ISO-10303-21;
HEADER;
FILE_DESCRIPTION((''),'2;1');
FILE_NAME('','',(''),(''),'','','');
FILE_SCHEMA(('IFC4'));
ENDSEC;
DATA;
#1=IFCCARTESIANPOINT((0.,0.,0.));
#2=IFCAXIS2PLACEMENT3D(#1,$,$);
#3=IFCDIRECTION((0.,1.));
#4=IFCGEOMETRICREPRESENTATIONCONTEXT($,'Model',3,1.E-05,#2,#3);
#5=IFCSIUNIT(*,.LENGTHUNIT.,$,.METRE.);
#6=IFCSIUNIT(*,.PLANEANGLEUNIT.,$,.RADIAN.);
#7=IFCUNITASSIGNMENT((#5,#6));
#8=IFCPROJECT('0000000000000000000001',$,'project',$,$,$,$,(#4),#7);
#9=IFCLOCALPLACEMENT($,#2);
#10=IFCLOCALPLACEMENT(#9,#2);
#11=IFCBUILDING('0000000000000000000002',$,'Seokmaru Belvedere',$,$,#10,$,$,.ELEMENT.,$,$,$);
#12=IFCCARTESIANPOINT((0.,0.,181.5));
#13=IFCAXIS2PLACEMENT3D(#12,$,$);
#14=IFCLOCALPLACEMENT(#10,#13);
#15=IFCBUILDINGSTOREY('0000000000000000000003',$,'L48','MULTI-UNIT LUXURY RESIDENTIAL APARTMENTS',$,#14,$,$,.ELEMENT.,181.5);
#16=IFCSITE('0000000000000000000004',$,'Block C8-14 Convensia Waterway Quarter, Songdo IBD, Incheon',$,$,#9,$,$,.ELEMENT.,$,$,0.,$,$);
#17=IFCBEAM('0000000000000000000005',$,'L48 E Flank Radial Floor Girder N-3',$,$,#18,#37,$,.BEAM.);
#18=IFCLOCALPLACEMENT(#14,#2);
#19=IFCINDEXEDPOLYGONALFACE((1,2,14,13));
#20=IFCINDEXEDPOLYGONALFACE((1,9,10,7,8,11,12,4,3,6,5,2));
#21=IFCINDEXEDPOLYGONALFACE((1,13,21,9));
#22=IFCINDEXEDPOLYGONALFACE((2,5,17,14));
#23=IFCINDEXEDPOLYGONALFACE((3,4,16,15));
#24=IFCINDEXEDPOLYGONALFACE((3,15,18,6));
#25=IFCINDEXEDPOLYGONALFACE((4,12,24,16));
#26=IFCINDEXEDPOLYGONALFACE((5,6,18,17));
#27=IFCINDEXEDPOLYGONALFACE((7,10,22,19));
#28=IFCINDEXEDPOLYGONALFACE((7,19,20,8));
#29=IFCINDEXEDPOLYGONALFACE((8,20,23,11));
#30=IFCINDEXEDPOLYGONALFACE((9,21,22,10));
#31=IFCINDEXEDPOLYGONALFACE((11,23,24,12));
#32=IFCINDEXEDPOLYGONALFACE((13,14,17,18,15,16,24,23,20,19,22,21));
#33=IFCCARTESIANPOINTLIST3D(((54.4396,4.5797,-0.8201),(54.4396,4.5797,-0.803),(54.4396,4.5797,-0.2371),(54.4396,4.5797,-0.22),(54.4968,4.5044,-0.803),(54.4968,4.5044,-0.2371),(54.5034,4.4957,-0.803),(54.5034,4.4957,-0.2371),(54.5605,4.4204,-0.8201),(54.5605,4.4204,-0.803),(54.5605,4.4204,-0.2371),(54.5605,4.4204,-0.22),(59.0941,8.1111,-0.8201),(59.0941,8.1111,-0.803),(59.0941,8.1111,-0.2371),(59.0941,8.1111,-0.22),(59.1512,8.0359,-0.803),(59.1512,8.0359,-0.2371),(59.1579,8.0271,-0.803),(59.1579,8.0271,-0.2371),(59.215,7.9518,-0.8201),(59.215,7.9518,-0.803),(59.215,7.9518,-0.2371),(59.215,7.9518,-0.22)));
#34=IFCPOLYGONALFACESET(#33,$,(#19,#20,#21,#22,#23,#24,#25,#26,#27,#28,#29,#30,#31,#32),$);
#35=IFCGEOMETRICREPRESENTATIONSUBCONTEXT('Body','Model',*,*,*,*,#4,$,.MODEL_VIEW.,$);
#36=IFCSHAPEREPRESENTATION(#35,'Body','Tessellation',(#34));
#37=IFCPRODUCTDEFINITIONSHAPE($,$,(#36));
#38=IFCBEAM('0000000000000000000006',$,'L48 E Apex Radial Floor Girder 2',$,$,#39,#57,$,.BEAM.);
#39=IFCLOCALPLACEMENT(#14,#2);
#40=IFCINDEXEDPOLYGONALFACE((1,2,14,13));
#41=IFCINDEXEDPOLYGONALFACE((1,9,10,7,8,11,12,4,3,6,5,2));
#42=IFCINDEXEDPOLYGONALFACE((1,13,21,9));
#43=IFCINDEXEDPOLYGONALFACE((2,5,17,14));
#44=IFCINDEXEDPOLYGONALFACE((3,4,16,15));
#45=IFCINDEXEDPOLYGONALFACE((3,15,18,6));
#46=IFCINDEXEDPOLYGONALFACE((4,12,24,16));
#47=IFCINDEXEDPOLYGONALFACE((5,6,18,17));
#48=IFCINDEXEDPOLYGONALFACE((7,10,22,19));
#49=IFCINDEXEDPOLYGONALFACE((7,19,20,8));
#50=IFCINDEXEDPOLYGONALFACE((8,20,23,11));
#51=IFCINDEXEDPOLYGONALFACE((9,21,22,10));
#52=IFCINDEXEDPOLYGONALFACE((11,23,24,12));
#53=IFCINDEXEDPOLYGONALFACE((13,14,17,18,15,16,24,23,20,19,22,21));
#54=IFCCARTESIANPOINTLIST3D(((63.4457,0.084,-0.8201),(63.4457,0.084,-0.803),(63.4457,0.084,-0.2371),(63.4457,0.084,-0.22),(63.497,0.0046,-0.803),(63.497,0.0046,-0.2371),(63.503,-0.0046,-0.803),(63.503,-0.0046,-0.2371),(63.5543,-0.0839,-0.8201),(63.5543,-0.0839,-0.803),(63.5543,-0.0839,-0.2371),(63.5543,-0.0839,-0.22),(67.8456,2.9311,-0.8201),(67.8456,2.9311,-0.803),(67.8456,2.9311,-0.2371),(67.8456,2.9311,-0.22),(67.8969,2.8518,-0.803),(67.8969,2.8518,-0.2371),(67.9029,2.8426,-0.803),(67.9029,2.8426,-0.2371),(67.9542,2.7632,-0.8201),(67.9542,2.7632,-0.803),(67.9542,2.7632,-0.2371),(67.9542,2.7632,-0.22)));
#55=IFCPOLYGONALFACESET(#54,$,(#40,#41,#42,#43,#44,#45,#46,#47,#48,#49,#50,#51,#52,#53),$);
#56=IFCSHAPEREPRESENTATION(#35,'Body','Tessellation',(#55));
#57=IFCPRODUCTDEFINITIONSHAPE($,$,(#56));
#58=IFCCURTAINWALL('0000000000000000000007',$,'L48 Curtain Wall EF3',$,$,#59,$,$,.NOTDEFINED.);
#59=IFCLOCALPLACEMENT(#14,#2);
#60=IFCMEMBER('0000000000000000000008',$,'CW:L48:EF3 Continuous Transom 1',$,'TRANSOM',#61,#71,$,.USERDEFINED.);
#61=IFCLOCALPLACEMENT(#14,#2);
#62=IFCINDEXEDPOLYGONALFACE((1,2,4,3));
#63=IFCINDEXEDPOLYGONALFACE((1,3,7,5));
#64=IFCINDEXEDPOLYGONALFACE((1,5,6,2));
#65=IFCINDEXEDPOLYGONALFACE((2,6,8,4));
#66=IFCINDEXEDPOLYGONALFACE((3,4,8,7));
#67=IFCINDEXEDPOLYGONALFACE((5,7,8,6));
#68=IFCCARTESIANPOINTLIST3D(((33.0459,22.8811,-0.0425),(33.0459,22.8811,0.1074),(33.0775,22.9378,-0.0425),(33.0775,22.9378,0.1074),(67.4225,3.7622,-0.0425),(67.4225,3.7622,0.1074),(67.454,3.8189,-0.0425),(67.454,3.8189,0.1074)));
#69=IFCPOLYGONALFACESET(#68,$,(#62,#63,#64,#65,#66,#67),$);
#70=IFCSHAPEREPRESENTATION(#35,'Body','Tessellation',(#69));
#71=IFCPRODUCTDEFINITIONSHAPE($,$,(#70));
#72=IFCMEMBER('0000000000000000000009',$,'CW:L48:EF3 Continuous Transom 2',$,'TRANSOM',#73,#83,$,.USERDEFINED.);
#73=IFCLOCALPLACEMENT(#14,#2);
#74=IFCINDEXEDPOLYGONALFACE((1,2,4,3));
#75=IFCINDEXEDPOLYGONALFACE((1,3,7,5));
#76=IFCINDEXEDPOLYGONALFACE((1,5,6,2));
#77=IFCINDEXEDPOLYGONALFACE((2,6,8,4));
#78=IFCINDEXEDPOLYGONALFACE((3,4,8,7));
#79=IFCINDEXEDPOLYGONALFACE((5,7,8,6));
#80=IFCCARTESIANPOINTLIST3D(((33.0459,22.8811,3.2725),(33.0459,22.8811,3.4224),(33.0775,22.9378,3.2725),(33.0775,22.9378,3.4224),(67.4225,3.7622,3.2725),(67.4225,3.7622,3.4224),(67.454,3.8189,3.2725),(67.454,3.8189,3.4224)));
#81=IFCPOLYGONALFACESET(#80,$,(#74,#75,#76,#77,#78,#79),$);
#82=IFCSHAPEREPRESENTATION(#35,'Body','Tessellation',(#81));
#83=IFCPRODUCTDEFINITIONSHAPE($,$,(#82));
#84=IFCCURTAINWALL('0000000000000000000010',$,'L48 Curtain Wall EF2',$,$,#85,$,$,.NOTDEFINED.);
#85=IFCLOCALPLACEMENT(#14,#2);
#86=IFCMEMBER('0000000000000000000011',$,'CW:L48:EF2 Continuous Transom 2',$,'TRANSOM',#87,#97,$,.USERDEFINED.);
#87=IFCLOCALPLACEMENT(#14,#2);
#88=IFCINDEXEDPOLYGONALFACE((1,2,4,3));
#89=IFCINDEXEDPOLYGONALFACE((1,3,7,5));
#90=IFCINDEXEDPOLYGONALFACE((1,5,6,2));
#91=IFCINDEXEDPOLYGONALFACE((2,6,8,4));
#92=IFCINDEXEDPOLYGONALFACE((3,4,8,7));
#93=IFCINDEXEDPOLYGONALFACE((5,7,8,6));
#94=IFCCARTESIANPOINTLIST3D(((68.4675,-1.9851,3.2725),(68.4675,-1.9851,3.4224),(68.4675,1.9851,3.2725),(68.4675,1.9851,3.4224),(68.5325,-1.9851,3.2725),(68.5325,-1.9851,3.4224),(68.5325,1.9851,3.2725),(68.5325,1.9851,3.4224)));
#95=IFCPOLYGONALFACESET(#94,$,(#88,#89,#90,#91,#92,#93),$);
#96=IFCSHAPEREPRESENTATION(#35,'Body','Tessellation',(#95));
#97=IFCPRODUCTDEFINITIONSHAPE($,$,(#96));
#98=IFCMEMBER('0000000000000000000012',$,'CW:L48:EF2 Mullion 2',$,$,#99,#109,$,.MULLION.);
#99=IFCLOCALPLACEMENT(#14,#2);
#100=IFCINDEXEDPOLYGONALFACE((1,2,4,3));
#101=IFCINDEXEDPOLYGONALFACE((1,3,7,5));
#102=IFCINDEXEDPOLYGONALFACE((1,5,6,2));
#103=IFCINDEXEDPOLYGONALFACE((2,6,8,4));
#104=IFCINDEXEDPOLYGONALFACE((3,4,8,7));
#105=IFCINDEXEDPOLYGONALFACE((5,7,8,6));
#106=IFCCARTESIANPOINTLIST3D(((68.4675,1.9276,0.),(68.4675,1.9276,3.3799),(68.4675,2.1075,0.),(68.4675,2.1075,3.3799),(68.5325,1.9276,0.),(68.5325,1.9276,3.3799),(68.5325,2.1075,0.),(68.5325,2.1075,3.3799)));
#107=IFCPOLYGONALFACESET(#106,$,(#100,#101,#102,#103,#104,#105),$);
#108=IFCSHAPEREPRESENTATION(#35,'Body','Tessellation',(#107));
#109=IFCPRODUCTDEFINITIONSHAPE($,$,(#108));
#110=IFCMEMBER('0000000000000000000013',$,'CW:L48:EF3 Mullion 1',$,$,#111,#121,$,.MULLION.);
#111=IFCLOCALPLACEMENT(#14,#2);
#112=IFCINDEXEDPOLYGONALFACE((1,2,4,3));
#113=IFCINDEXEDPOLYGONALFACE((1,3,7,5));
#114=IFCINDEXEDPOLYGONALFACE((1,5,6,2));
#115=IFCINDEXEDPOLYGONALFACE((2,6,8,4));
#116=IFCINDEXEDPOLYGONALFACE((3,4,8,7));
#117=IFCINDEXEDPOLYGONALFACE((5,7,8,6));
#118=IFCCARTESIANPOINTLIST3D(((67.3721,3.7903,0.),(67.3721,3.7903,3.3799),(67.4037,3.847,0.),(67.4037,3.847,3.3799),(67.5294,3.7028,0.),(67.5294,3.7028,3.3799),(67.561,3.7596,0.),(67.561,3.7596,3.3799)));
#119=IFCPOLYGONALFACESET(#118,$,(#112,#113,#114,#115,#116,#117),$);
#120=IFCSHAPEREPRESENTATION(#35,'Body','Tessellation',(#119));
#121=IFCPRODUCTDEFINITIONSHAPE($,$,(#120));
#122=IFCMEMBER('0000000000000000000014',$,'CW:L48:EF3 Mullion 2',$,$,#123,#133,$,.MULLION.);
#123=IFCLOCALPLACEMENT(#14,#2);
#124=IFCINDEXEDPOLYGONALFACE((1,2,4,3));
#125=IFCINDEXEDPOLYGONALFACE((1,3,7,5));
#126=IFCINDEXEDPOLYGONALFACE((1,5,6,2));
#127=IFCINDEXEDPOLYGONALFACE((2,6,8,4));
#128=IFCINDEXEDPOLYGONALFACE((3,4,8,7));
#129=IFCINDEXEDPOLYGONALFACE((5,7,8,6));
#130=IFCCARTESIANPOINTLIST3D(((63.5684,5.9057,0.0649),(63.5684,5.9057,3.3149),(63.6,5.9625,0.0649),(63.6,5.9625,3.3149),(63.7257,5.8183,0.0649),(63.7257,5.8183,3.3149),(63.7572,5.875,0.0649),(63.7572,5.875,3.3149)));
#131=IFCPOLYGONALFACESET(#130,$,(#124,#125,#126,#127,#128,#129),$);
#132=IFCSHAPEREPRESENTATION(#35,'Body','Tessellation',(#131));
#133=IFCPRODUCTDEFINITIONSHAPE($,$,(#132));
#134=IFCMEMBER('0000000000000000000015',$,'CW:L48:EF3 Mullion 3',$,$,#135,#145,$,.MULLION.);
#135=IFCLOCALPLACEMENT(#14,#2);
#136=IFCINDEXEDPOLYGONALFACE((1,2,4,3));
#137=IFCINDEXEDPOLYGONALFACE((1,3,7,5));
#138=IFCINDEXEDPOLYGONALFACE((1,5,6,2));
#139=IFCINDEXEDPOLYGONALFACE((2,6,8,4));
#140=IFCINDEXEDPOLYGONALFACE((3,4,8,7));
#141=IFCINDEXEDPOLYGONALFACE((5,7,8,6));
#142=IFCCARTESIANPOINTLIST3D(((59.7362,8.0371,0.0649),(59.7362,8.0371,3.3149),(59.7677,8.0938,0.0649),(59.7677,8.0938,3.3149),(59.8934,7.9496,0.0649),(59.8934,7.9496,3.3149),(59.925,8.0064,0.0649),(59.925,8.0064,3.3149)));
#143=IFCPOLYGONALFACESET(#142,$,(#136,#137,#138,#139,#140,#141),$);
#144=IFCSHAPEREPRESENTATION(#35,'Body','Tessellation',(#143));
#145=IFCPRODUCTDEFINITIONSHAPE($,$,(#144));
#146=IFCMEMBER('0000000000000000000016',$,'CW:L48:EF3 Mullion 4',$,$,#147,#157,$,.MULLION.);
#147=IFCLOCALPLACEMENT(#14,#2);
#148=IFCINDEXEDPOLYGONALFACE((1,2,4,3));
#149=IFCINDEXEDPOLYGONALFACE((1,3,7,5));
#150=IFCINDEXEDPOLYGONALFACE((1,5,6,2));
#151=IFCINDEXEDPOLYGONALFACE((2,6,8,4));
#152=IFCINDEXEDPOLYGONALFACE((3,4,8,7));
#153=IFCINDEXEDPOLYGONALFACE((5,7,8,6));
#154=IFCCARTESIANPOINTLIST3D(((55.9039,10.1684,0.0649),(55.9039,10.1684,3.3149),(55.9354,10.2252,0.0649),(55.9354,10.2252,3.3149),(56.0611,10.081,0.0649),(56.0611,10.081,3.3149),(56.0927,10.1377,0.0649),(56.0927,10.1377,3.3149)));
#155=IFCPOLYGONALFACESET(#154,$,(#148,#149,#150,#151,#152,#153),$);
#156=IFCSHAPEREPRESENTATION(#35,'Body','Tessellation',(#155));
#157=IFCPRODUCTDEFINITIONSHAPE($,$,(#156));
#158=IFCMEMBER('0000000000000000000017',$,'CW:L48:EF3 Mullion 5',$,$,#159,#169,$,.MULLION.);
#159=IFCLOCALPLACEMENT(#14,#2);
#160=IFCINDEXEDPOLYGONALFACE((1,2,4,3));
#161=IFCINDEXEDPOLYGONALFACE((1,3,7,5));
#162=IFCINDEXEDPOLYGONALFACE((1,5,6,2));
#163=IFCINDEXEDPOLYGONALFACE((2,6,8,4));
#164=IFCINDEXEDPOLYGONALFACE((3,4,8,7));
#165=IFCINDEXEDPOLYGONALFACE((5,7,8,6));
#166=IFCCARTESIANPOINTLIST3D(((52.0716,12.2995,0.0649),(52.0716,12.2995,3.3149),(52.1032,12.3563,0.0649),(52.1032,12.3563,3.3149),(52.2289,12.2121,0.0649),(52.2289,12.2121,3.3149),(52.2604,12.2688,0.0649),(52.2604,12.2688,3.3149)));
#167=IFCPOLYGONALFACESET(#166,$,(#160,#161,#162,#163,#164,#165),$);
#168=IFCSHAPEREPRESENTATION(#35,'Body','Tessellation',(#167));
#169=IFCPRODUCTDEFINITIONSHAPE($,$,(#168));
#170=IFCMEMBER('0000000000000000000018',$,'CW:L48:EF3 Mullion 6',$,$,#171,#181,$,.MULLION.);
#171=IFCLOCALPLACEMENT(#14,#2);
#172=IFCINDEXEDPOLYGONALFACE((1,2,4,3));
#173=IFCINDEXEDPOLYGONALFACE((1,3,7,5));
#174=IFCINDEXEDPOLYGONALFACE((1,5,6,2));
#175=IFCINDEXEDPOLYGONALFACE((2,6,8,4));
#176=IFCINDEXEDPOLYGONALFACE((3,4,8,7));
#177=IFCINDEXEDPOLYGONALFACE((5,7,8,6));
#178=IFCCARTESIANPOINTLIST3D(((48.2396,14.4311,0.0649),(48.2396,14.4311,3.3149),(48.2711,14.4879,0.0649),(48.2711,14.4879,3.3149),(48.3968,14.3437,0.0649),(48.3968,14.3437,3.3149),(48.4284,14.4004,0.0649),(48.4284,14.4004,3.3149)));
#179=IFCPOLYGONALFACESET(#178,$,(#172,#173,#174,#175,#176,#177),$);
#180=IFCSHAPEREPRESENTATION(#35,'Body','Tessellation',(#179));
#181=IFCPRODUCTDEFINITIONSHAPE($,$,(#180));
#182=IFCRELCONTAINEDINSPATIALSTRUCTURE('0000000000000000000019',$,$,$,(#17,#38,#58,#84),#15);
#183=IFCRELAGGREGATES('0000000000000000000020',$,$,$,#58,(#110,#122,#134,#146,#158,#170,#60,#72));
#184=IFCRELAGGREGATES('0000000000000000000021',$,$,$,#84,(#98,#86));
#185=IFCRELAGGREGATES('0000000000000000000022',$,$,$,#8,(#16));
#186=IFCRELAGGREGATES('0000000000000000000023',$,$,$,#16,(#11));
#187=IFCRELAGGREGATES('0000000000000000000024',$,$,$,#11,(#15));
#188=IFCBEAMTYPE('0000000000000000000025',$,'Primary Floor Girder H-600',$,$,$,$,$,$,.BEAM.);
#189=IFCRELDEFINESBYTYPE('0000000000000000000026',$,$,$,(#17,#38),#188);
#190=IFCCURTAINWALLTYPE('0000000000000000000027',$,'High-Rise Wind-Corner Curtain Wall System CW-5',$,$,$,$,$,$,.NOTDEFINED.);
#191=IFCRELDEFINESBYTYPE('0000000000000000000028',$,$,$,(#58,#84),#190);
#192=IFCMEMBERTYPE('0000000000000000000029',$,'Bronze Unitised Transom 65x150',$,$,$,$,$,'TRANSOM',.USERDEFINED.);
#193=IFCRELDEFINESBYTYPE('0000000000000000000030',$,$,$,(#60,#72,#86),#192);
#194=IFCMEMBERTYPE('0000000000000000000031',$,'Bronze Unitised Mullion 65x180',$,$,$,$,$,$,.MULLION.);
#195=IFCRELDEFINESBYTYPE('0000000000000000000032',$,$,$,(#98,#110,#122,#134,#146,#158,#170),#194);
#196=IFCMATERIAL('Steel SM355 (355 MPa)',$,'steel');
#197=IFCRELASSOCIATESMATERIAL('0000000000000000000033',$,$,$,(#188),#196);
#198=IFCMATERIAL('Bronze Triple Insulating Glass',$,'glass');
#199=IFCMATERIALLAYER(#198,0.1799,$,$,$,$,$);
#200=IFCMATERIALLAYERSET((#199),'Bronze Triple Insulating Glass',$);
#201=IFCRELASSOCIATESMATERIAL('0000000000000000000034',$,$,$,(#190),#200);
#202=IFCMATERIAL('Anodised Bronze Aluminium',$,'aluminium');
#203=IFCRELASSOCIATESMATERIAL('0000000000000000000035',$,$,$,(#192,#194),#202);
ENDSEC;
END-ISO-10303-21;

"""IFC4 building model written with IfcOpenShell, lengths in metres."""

from ifc_helpers import new_model, si_unit, direction, frame, origin, origin_2d, place, context, subcontext, project, spatial, rectangle, i_section, extrude, source, transform, mapped, material, layer, layer_set, material_profile, profile_set, type_object, type_shapes, element, aggregate, save


model = new_model("IFC4")

# Units and contexts
model_context = context("Model", 3, precision=1e-05, world=origin(), true_north=direction((0.0, 1.0)))
body_context = subcontext(model_context, "Body", "Model", "MODEL_VIEW")
ifc_project = project(units=[si_unit("LENGTHUNIT", "METRE"), si_unit("PLANEANGLEUNIT", "RADIAN")], contexts=[model_context])

# Site, building, storey
site_placement = place(None, origin())
site = spatial("IfcSite", under=ifc_project, at=site_placement, Name="Block C8-14 Convensia Waterway Quarter, Songdo IBD, Incheon", CompositionType="ELEMENT", RefElevation=0.0)
building_placement = place(site_placement, origin())
building = spatial("IfcBuilding", under=site, at=building_placement, Name="Seokmaru Belvedere", CompositionType="ELEMENT")
storey_placement = place(building_placement, frame((0.0, 0.0, 181.5)))
storey = spatial("IfcBuildingStorey", under=building, at=storey_placement, Name="L48", Description="MULTI-UNIT LUXURY RESIDENTIAL APARTMENTS", CompositionType="ELEMENT", Elevation=181.5)

# Shared definitions
ifc_material_1 = material(Name="Steel SM355 (355 MPa)", Category="steel")

# Beams
ifc_material_profile_1 = material_profile(ifc_material_1, i_section(OverallWidth=0.2, OverallDepth=0.6001, WebThickness=0.011, FlangeThickness=0.0171, at=origin_2d()), Name="H-600x200x11x17")
ifc_profile_set_1 = profile_set([ifc_material_profile_1], Name="Steel SM355 (355 MPa)")
beam_type_1 = type_object("IfcBeamType", Name="Primary Floor Girder H-600", PredefinedType="BEAM", material=ifc_profile_set_1)
shared_shape_1 = source(origin(), body_context, "Body", "SweptSolid", [
    extrude(i_section(OverallWidth=0.2, OverallDepth=0.6001, WebThickness=0.011, FlangeThickness=0.0171, at=origin_2d()), origin(), (0.0, 0.0, 1.0), 5.8425),
])
beam_1_placement = place(storey_placement, frame((59.1545, 8.0315, -0.52), z_axis=(-0.796653, -0.604437, 0.0), x_axis=(0.604437, -0.796653, 0.0)))
element("IfcBeam", 1, at=beam_1_placement, inside=storey, type_object=beam_type_1, Name="L48 E Flank Radial Floor Girder N-3", PredefinedType="BEAM", context=body_context, shape_type="MappedRepresentation", body=[
    mapped(shared_shape_1, transform((0.0, 0.0, 0.0), scale=1.0)),
])
shared_shape_2 = source(origin(), body_context, "Body", "SweptSolid", [
    extrude(i_section(OverallWidth=0.2, OverallDepth=0.6001, WebThickness=0.011, FlangeThickness=0.0171, at=origin_2d()), origin(), (0.0, 0.0, 1.0), 5.2407),
])
beam_2_placement = place(storey_placement, frame((67.8999, 2.8472, -0.52), z_axis=(-0.839555, -0.543274, 0.0), x_axis=(0.543274, -0.839555, 0.0)))
element("IfcBeam", 2, at=beam_2_placement, inside=storey, type_object=beam_type_1, Name="L48 E Apex Radial Floor Girder 2", PredefinedType="BEAM", context=body_context, shape_type="MappedRepresentation", body=[
    mapped(shared_shape_2, transform((0.0, 0.0, 0.0), scale=1.0)),
])

# Curtain walls, members
ifc_material_2 = material(Name="Bronze Triple Insulating Glass", Category="glass")
ifc_layer_1 = layer(ifc_material_2, 0.1799)
ifc_layer_set_1 = layer_set([ifc_layer_1], Name="Bronze Triple Insulating Glass")
curtain_wall_type = type_object("IfcCurtainWallType", Name="High-Rise Wind-Corner Curtain Wall System CW-5", PredefinedType="NOTDEFINED", material=ifc_layer_set_1)
curtain_wall_1_placement = place(storey_placement, origin())
curtain_wall_1 = element("IfcCurtainWall", 3, at=curtain_wall_1_placement, inside=storey, type_object=curtain_wall_type, Name="L48 Curtain Wall EF3", PredefinedType="NOTDEFINED")
ifc_material_3 = material(Name="Anodised Bronze Aluminium", Category="aluminium")
ifc_material_profile_2 = material_profile(ifc_material_3, rectangle(XDim=0.0649, YDim=0.1499, at=origin_2d()), Name="CW-T-65x150")
ifc_profile_set_2 = profile_set([ifc_material_profile_2], Name="Anodised Bronze Aluminium")
member_type_1 = type_object("IfcMemberType", Name="Bronze Unitised Transom 65x150", ElementType="TRANSOM", PredefinedType="USERDEFINED", material=ifc_profile_set_2)
shared_shape_3 = source(origin(), body_context, "Body", "SweptSolid", [
    extrude(rectangle(XDim=0.0649, YDim=0.1499, at=origin_2d()), origin(), (0.0, 0.0, 1.0), 39.3354),
])
member_1_placement = place(storey_placement, frame((67.4382, 3.7905, 0.0325), z_axis=(-0.873932, 0.486048, 0.0), x_axis=(-0.486048, -0.873932, 0.0)))
member_1 = element("IfcMember", 4, at=member_1_placement, type_object=member_type_1, Name="CW:L48:EF3 Continuous Transom 1", ObjectType="TRANSOM", PredefinedType="USERDEFINED", context=body_context, shape_type="MappedRepresentation", body=[
    mapped(shared_shape_3, transform((0.0, 0.0, 0.0), scale=1.0)),
])
member_2_placement = place(storey_placement, frame((67.4382, 3.7905, 3.3474), z_axis=(-0.873932, 0.486048, 0.0), x_axis=(-0.486048, -0.873932, 0.0)))
member_2 = element("IfcMember", 5, at=member_2_placement, type_object=member_type_1, Name="CW:L48:EF3 Continuous Transom 2", ObjectType="TRANSOM", PredefinedType="USERDEFINED", context=body_context, shape_type="MappedRepresentation", body=[
    mapped(shared_shape_3, transform((0.0, 0.0, 0.0), scale=1.0)),
])
curtain_wall_2_placement = place(storey_placement, origin())
curtain_wall_2 = element("IfcCurtainWall", 6, at=curtain_wall_2_placement, inside=storey, type_object=curtain_wall_type, Name="L48 Curtain Wall EF2", PredefinedType="NOTDEFINED")
shared_shape_4 = source(origin(), body_context, "Body", "SweptSolid", [
    extrude(rectangle(XDim=0.0649, YDim=0.1499, at=origin_2d()), origin(), (0.0, 0.0, 1.0), 3.9702),
])
type_shapes(member_type_1, [shared_shape_3, shared_shape_4])
member_3_placement = place(storey_placement, frame((68.5, -1.9851, 3.3474), z_axis=(0.0, 1.0, 0.0), x_axis=(-1.0, 0.0, 0.0)))
member_3 = element("IfcMember", 7, at=member_3_placement, type_object=member_type_1, Name="CW:L48:EF2 Continuous Transom 2", ObjectType="TRANSOM", PredefinedType="USERDEFINED", context=body_context, shape_type="MappedRepresentation", body=[
    mapped(shared_shape_4, transform((0.0, 0.0, 0.0), scale=1.0)),
])
ifc_material_profile_3 = material_profile(ifc_material_3, rectangle(XDim=0.0649, YDim=0.1799, at=origin_2d()), Name="CW-M-65x180")
ifc_profile_set_3 = profile_set([ifc_material_profile_3], Name="Anodised Bronze Aluminium")
member_type_2 = type_object("IfcMemberType", Name="Bronze Unitised Mullion 65x180", PredefinedType="MULLION", material=ifc_profile_set_3)
shared_shape_5 = source(origin(), body_context, "Body", "SweptSolid", [
    extrude(rectangle(XDim=0.0649, YDim=0.1799, at=origin_2d()), origin(), (0.0, 0.0, 1.0), 3.3799),
])
member_4_placement = place(storey_placement, frame((68.5, 2.0176, 0.0), z_axis=(0.0, 0.0, 1.0), x_axis=(-1.0, 0.0, 0.0)))
member_4 = element("IfcMember", 8, at=member_4_placement, type_object=member_type_2, Name="CW:L48:EF2 Mullion 2", PredefinedType="MULLION", context=body_context, shape_type="MappedRepresentation", body=[
    mapped(shared_shape_5, transform((0.0, 0.0, 0.0), scale=1.0)),
])

# Members
member_5_placement = place(storey_placement, frame((67.4666, 3.7749, 0.0), z_axis=(0.0, 0.0, 1.0), x_axis=(-0.486047, -0.873933, 0.0)))
member_5 = element("IfcMember", 9, at=member_5_placement, type_object=member_type_2, Name="CW:L48:EF3 Mullion 1", PredefinedType="MULLION", context=body_context, shape_type="MappedRepresentation", body=[
    mapped(shared_shape_5, transform((0.0, 0.0, 0.0), scale=1.0)),
])
shared_shape_6 = source(origin(), body_context, "Body", "SweptSolid", [
    extrude(rectangle(XDim=0.0649, YDim=0.1799, at=origin_2d()), origin(), (0.0, 0.0, 1.0), 3.25),
])
type_shapes(member_type_2, [shared_shape_5, shared_shape_6])
member_6_placement = place(storey_placement, frame((63.6628, 5.8904, 0.0649), z_axis=(0.0, 0.0, 1.0), x_axis=(-0.486047, -0.873933, 0.0)))
member_6 = element("IfcMember", 10, at=member_6_placement, type_object=member_type_2, Name="CW:L48:EF3 Mullion 2", PredefinedType="MULLION", context=body_context, shape_type="MappedRepresentation", body=[
    mapped(shared_shape_6, transform((0.0, 0.0, 0.0), scale=1.0)),
])
member_7_placement = place(storey_placement, frame((59.8306, 8.0217, 0.0649), z_axis=(0.0, 0.0, 1.0), x_axis=(-0.486047, -0.873933, 0.0)))
member_7 = element("IfcMember", 11, at=member_7_placement, type_object=member_type_2, Name="CW:L48:EF3 Mullion 3", PredefinedType="MULLION", context=body_context, shape_type="MappedRepresentation", body=[
    mapped(shared_shape_6, transform((0.0, 0.0, 0.0), scale=1.0)),
])
member_8_placement = place(storey_placement, frame((55.9983, 10.1531, 0.0649), z_axis=(0.0, 0.0, 1.0), x_axis=(-0.486047, -0.873933, 0.0)))
member_8 = element("IfcMember", 12, at=member_8_placement, type_object=member_type_2, Name="CW:L48:EF3 Mullion 4", PredefinedType="MULLION", context=body_context, shape_type="MappedRepresentation", body=[
    mapped(shared_shape_6, transform((0.0, 0.0, 0.0), scale=1.0)),
])
member_9_placement = place(storey_placement, frame((52.166, 12.2842, 0.0649), z_axis=(0.0, 0.0, 1.0), x_axis=(-0.486047, -0.873933, 0.0)))
member_9 = element("IfcMember", 13, at=member_9_placement, type_object=member_type_2, Name="CW:L48:EF3 Mullion 5", PredefinedType="MULLION", context=body_context, shape_type="MappedRepresentation", body=[
    mapped(shared_shape_6, transform((0.0, 0.0, 0.0), scale=1.0)),
])
member_10_placement = place(storey_placement, frame((48.334, 14.4158, 0.0649), z_axis=(0.0, 0.0, 1.0), x_axis=(-0.486047, -0.873933, 0.0)))
member_10 = element("IfcMember", 14, at=member_10_placement, type_object=member_type_2, Name="CW:L48:EF3 Mullion 6", PredefinedType="MULLION", context=body_context, shape_type="MappedRepresentation", body=[
    mapped(shared_shape_6, transform((0.0, 0.0, 0.0), scale=1.0)),
])

aggregate(curtain_wall_1, [member_5, member_6, member_7, member_8, member_9, member_10, member_1, member_2])
aggregate(curtain_wall_2, [member_4, member_3])

save(model, "model.ifc")
